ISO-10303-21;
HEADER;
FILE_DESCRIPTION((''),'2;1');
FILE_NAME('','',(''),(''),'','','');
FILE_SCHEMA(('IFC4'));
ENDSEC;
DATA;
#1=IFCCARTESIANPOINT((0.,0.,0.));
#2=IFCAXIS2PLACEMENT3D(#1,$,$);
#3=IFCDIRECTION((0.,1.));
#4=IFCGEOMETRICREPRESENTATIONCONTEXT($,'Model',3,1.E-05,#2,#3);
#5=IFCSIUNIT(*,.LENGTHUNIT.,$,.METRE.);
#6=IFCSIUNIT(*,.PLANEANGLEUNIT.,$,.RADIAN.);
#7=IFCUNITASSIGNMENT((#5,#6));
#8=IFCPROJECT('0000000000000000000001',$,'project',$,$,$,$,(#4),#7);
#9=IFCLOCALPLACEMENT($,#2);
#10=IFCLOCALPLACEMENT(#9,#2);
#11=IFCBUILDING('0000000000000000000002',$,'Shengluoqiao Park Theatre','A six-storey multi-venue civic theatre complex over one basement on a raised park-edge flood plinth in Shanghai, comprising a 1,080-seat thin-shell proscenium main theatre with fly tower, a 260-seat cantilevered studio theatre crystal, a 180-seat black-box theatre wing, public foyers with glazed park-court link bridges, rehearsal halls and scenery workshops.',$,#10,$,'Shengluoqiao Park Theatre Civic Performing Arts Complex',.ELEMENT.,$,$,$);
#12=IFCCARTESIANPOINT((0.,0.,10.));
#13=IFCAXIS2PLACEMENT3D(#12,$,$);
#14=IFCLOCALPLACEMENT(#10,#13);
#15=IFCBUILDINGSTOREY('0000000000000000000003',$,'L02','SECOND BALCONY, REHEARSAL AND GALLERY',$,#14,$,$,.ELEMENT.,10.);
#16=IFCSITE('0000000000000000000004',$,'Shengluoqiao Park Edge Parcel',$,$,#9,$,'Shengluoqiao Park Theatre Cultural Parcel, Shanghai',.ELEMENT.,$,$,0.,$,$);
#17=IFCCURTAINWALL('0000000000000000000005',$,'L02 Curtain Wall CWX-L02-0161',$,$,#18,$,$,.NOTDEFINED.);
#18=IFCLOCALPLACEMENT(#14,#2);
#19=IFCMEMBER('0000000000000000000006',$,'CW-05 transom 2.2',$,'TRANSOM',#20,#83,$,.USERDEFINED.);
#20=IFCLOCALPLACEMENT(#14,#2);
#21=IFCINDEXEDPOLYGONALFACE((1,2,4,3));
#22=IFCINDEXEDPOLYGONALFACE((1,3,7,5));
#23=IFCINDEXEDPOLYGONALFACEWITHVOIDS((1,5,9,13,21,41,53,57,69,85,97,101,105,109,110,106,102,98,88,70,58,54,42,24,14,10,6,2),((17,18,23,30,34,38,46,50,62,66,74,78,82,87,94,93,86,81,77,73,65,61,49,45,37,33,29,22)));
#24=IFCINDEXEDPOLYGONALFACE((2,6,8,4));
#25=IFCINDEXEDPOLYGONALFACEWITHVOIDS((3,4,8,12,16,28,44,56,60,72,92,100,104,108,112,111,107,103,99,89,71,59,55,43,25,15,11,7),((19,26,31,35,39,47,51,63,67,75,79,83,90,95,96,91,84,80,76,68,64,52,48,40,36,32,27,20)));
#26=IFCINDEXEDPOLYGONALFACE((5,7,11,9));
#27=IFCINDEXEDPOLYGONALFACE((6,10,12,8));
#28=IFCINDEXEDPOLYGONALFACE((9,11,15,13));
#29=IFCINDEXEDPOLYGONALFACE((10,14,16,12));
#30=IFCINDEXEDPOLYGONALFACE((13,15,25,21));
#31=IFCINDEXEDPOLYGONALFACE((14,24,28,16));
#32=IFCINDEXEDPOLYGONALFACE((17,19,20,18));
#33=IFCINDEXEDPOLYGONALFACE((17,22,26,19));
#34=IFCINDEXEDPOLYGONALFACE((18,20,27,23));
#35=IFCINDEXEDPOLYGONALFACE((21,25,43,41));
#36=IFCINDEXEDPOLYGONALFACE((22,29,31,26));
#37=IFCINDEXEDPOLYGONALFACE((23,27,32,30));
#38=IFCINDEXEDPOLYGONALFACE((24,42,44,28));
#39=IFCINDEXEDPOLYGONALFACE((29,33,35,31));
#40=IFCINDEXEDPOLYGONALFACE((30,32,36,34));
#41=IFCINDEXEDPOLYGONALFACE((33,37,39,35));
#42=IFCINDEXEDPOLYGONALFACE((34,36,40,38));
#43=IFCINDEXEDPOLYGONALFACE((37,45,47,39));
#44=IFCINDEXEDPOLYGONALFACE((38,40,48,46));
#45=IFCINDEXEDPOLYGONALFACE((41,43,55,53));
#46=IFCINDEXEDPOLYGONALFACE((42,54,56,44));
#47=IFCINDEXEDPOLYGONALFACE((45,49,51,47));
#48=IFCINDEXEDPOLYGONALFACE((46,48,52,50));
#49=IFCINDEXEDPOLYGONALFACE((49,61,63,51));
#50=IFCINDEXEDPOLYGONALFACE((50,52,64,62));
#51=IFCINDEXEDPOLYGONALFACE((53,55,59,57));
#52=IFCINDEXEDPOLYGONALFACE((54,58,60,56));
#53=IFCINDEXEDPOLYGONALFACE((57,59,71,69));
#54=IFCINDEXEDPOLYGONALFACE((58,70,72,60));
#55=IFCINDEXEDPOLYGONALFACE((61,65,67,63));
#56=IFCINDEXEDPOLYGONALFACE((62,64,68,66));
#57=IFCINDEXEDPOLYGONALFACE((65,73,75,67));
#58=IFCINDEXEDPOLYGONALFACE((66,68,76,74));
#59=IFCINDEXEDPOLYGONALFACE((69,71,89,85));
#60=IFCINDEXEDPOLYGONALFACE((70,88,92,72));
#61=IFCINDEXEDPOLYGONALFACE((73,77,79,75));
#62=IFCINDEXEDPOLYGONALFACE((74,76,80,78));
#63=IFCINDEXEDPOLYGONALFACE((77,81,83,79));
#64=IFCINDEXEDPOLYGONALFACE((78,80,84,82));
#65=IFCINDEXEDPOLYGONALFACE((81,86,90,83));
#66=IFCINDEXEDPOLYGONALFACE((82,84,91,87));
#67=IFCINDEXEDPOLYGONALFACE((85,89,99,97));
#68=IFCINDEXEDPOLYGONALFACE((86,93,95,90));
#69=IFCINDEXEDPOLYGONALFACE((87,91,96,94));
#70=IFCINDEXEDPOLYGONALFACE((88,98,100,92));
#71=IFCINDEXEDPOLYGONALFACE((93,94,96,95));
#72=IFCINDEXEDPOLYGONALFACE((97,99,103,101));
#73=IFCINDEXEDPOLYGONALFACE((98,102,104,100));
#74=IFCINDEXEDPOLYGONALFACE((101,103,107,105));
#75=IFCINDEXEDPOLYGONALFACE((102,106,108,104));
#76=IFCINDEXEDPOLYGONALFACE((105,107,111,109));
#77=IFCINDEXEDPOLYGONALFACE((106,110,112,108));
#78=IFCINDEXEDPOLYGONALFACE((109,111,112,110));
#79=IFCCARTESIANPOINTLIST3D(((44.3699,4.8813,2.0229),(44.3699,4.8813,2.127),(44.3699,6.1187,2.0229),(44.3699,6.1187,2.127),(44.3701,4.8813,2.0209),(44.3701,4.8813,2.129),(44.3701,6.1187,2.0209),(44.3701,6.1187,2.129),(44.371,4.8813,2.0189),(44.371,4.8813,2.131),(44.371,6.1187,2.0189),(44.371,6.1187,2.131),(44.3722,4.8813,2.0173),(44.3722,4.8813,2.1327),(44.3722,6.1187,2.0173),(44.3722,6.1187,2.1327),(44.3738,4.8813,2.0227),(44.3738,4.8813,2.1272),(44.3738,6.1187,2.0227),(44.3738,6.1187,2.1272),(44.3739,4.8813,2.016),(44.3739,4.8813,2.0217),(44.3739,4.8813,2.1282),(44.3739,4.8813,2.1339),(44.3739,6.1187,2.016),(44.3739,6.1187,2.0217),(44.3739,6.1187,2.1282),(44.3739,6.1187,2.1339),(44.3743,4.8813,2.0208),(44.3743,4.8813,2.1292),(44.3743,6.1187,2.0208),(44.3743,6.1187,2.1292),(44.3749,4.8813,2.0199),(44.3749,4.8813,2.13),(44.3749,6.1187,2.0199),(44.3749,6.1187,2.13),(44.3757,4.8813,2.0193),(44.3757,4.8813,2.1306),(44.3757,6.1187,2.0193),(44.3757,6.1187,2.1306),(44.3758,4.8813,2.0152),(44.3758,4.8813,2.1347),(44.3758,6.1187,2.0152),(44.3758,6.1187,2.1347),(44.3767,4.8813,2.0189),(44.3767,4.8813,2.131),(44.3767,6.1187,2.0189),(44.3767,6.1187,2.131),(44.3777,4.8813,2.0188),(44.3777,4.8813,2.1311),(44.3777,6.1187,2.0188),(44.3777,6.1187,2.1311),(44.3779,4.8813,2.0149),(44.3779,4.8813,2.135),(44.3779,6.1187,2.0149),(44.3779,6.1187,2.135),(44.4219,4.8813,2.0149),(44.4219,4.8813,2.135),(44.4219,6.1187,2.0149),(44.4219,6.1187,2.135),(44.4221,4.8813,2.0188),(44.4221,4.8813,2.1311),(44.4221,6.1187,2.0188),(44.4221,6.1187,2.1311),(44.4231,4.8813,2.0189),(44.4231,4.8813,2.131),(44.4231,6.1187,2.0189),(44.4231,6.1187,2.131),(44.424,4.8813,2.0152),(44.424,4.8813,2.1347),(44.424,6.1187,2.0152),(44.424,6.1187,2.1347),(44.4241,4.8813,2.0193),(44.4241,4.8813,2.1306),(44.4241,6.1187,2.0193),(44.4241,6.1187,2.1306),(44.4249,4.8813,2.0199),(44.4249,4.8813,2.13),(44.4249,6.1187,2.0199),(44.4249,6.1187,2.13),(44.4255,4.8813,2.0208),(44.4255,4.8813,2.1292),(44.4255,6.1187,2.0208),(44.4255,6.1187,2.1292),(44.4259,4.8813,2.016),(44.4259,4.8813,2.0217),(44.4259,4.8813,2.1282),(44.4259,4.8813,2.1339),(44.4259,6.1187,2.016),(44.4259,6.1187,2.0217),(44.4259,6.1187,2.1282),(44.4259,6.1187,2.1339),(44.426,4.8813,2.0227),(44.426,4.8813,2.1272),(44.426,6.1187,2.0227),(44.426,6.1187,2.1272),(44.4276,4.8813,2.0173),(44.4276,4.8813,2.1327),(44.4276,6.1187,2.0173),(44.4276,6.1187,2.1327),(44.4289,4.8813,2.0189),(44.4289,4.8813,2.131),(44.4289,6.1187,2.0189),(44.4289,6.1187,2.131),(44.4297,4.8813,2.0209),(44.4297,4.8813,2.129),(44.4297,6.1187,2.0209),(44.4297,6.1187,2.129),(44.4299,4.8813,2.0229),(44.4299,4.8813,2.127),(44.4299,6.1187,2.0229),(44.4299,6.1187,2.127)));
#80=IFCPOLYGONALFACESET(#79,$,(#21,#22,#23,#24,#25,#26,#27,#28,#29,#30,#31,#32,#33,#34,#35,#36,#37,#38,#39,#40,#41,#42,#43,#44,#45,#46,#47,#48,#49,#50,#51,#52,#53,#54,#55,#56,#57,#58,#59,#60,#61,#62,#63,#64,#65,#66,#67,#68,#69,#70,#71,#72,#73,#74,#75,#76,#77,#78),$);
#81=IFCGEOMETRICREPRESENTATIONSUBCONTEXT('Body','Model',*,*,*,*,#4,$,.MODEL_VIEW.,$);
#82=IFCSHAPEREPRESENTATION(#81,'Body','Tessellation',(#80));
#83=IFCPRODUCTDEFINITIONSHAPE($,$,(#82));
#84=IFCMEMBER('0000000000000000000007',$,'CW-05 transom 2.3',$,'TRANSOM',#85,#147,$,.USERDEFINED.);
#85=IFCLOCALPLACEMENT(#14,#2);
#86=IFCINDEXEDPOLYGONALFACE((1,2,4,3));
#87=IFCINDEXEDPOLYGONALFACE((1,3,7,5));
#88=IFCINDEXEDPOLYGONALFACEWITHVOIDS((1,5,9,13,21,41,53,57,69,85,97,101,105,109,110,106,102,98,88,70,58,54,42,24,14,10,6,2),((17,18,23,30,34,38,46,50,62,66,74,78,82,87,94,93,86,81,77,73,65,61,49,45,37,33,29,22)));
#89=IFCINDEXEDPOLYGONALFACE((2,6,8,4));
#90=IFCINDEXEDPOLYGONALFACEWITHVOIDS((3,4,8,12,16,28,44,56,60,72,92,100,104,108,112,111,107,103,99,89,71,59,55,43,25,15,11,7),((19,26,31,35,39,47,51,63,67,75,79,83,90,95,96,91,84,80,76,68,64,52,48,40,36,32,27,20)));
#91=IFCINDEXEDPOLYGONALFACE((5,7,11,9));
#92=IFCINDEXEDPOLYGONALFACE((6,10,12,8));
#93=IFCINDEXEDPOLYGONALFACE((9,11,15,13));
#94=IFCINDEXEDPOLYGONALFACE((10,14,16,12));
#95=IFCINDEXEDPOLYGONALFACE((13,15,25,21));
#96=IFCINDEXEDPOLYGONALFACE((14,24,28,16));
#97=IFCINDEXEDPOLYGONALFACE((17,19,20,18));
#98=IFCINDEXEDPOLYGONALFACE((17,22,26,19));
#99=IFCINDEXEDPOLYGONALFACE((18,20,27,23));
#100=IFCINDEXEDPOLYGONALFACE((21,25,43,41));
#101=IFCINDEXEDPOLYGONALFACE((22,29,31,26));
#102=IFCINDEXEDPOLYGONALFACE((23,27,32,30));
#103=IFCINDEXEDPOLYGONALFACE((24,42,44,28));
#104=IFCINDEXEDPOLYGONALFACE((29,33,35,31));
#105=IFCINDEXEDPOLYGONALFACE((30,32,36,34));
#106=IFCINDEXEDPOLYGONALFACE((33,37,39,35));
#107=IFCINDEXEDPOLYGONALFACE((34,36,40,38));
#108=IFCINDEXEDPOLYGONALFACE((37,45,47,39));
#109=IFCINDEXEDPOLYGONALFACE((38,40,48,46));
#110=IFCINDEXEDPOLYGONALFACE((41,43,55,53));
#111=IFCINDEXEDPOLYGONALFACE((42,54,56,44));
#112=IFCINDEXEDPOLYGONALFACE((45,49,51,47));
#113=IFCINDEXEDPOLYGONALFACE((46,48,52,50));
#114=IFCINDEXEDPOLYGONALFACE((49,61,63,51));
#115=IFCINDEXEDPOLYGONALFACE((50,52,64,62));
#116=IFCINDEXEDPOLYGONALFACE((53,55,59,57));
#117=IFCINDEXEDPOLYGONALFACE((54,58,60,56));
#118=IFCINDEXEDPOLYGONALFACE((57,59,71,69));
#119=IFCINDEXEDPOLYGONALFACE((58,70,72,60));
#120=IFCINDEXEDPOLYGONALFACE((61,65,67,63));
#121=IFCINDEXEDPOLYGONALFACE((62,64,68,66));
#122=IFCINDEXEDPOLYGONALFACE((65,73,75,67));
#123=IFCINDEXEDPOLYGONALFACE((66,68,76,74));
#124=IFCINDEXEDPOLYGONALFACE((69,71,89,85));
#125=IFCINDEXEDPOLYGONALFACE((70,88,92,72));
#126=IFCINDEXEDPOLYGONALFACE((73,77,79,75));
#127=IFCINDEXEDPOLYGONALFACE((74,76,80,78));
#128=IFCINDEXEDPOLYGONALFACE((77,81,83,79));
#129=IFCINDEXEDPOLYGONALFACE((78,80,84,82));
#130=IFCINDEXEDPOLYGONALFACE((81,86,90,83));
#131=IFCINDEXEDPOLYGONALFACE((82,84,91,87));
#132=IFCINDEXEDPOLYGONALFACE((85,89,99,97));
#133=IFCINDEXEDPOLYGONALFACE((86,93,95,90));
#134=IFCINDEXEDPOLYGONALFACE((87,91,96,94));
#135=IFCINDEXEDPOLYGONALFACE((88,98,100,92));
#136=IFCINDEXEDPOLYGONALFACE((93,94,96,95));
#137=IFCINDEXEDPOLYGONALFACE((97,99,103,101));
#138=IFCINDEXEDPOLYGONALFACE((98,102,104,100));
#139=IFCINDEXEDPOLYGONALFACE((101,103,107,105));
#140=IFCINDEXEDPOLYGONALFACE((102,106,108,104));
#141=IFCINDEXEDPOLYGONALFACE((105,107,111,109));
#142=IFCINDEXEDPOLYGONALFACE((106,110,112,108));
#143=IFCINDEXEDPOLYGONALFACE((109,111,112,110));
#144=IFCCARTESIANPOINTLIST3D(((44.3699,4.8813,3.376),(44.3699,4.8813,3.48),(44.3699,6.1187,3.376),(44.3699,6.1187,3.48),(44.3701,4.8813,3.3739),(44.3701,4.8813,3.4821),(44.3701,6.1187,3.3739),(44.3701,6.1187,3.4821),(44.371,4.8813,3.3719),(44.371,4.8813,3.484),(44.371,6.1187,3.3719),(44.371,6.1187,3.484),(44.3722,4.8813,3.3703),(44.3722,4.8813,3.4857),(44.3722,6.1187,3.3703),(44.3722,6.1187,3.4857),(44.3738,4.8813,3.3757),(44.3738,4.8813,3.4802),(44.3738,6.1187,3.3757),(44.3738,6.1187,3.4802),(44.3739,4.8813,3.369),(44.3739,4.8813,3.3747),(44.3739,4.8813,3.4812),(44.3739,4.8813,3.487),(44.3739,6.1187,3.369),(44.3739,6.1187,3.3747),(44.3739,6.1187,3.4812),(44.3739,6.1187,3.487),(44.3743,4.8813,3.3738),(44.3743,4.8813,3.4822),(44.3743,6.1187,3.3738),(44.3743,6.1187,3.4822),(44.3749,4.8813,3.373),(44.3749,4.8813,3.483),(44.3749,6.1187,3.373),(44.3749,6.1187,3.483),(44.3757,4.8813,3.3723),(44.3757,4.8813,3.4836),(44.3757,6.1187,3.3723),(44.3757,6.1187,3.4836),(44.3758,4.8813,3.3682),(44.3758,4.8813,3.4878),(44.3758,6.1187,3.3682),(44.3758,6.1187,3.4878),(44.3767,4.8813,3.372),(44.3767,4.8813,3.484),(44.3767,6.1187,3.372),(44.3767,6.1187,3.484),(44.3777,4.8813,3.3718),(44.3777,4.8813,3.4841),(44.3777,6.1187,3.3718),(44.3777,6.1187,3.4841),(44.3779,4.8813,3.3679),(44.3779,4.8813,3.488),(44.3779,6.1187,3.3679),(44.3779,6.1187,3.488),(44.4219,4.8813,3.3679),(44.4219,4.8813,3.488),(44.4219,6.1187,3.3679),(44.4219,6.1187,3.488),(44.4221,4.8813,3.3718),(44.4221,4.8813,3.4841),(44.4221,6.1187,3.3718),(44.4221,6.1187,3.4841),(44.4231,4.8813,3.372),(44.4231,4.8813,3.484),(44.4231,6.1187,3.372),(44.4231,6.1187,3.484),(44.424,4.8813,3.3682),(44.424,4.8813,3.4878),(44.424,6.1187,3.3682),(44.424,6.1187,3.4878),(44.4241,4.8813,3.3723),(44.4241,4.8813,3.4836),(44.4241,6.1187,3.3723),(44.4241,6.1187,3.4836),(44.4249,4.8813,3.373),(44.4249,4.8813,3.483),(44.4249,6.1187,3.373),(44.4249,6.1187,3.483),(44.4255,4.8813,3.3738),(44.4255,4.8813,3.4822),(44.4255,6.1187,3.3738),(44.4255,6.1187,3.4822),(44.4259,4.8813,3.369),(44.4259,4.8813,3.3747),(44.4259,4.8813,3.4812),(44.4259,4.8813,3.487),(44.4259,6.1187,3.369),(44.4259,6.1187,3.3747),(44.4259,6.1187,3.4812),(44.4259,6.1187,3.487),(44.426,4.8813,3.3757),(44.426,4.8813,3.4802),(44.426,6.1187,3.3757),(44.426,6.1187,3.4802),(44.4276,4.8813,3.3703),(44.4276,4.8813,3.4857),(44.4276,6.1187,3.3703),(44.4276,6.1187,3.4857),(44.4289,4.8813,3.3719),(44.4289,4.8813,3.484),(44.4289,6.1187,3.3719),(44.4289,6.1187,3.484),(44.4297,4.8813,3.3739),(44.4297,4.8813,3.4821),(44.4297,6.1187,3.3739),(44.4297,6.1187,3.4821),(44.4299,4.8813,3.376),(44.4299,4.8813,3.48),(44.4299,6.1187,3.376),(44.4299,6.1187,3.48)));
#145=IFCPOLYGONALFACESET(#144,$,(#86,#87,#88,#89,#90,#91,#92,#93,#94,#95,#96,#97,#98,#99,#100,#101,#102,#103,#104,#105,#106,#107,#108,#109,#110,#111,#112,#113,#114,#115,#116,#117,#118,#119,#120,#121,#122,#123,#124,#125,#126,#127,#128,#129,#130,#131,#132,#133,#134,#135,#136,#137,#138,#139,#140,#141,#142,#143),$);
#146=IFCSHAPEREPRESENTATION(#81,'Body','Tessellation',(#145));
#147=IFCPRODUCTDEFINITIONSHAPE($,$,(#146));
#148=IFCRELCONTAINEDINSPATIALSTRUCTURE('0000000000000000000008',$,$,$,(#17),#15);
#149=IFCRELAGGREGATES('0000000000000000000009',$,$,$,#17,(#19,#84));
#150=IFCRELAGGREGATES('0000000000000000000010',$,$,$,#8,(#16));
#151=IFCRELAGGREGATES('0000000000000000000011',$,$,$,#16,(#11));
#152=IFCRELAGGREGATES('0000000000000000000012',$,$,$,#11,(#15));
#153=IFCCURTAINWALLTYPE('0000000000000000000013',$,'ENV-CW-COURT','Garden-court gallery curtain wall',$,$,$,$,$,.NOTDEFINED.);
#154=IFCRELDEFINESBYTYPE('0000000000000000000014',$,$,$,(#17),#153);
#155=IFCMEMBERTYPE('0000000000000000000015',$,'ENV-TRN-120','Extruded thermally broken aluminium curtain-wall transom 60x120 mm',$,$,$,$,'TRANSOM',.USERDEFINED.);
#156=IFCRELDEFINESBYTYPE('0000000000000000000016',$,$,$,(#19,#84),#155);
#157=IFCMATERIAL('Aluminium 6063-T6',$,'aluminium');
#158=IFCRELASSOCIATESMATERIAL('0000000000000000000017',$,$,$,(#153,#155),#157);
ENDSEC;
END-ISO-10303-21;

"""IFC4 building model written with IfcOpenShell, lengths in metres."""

from ifc_helpers import new_model, si_unit, direction, frame, origin, origin_2d, place, context, subcontext, project, spatial, hollow_rectangle, extrude, material, material_profile, profile_set, type_object, element, aggregate, save


model = new_model("IFC4")

# Units and contexts
model_context = context("Model", 3, precision=1e-05, world=origin(), true_north=direction((0.0, 1.0)))
body_context = subcontext(model_context, "Body", "Model", "MODEL_VIEW")
ifc_project = project(units=[si_unit("LENGTHUNIT", "METRE"), si_unit("PLANEANGLEUNIT", "RADIAN")], contexts=[model_context])

# Site, building, storey
site_placement = place(None, origin())
site = spatial("IfcSite", under=ifc_project, at=site_placement, Name="Shengluoqiao Park Edge Parcel", LongName="Shengluoqiao Park Theatre Cultural Parcel, Shanghai", CompositionType="ELEMENT", RefElevation=0.0)
building_placement = place(site_placement, origin())
building = spatial("IfcBuilding", under=site, at=building_placement, Name="Shengluoqiao Park Theatre", Description="A six-storey multi-venue civic theatre complex over one basement on a raised park-edge flood plinth in Shanghai, comprising a 1,080-seat thin-shell proscenium main theatre with fly tower, a 260-seat cantilevered studio theatre crystal, a 180-seat black-box theatre wing, public foyers with glazed park-court link bridges, rehearsal halls and scenery workshops.", LongName="Shengluoqiao Park Theatre Civic Performing Arts Complex", CompositionType="ELEMENT")
storey_placement = place(building_placement, frame((0.0, 0.0, 10.0)))
storey = spatial("IfcBuildingStorey", under=building, at=storey_placement, Name="L02", Description="SECOND BALCONY, REHEARSAL AND GALLERY", CompositionType="ELEMENT", Elevation=10.0)

# Curtain wall
ifc_material_1 = material(Name="Aluminium 6063-T6", Category="aluminium")
curtain_wall_type = type_object("IfcCurtainWallType", Name="ENV-CW-COURT", Description="Garden-court gallery curtain wall", PredefinedType="NOTDEFINED", material=ifc_material_1)
curtain_wall_1_placement = place(storey_placement, origin())
curtain_wall_1 = element("IfcCurtainWall", 1, at=curtain_wall_1_placement, inside=storey, type_object=curtain_wall_type, Name="L02 Curtain Wall CWX-L02-0161", PredefinedType="NOTDEFINED")

# Members
ifc_material_profile_1 = material_profile(ifc_material_1, hollow_rectangle(XDim=0.0601, YDim=0.1201, WallThickness=0.0039, InnerFilletRadius=0.0039, OuterFilletRadius=0.0081, at=origin_2d()), Name="ALU TRANSOM 120x60x4")
ifc_profile_set_1 = profile_set([ifc_material_profile_1], Name="Aluminium 6063-T6")
member_type_1 = type_object("IfcMemberType", Name="ENV-TRN-120", Description="Extruded thermally broken aluminium curtain-wall transom 60x120 mm", ElementType="TRANSOM", PredefinedType="USERDEFINED", material=ifc_profile_set_1)
member_1_placement = place(storey_placement, frame((44.3999, 4.8813, 2.075), z_axis=(0.0, 1.0, 0.0), x_axis=(-1.0, 0.0, 0.0)))
member_1 = element("IfcMember", 2, at=member_1_placement, type_object=member_type_1, Name="CW-05 transom 2.2", ObjectType="TRANSOM", PredefinedType="USERDEFINED", context=body_context, shape_type="SweptSolid", body=[
    extrude(hollow_rectangle(XDim=0.0601, YDim=0.1201, WallThickness=0.0039, InnerFilletRadius=0.0039, OuterFilletRadius=0.0081, at=origin_2d()), origin(), (0.0, 0.0, 1.0), 1.2373),
])
member_2_placement = place(storey_placement, frame((44.3999, 4.8813, 3.428), z_axis=(0.0, 1.0, 0.0), x_axis=(-1.0, 0.0, 0.0)))
member_2 = element("IfcMember", 3, at=member_2_placement, type_object=member_type_1, Name="CW-05 transom 2.3", ObjectType="TRANSOM", PredefinedType="USERDEFINED", context=body_context, shape_type="SweptSolid", body=[
    extrude(hollow_rectangle(XDim=0.0601, YDim=0.1201, WallThickness=0.0039, InnerFilletRadius=0.0039, OuterFilletRadius=0.0081, at=origin_2d()), origin(), (0.0, 0.0, 1.0), 1.2373),
])

aggregate(curtain_wall_1, [member_1, member_2])

save(model, "model.ifc")
